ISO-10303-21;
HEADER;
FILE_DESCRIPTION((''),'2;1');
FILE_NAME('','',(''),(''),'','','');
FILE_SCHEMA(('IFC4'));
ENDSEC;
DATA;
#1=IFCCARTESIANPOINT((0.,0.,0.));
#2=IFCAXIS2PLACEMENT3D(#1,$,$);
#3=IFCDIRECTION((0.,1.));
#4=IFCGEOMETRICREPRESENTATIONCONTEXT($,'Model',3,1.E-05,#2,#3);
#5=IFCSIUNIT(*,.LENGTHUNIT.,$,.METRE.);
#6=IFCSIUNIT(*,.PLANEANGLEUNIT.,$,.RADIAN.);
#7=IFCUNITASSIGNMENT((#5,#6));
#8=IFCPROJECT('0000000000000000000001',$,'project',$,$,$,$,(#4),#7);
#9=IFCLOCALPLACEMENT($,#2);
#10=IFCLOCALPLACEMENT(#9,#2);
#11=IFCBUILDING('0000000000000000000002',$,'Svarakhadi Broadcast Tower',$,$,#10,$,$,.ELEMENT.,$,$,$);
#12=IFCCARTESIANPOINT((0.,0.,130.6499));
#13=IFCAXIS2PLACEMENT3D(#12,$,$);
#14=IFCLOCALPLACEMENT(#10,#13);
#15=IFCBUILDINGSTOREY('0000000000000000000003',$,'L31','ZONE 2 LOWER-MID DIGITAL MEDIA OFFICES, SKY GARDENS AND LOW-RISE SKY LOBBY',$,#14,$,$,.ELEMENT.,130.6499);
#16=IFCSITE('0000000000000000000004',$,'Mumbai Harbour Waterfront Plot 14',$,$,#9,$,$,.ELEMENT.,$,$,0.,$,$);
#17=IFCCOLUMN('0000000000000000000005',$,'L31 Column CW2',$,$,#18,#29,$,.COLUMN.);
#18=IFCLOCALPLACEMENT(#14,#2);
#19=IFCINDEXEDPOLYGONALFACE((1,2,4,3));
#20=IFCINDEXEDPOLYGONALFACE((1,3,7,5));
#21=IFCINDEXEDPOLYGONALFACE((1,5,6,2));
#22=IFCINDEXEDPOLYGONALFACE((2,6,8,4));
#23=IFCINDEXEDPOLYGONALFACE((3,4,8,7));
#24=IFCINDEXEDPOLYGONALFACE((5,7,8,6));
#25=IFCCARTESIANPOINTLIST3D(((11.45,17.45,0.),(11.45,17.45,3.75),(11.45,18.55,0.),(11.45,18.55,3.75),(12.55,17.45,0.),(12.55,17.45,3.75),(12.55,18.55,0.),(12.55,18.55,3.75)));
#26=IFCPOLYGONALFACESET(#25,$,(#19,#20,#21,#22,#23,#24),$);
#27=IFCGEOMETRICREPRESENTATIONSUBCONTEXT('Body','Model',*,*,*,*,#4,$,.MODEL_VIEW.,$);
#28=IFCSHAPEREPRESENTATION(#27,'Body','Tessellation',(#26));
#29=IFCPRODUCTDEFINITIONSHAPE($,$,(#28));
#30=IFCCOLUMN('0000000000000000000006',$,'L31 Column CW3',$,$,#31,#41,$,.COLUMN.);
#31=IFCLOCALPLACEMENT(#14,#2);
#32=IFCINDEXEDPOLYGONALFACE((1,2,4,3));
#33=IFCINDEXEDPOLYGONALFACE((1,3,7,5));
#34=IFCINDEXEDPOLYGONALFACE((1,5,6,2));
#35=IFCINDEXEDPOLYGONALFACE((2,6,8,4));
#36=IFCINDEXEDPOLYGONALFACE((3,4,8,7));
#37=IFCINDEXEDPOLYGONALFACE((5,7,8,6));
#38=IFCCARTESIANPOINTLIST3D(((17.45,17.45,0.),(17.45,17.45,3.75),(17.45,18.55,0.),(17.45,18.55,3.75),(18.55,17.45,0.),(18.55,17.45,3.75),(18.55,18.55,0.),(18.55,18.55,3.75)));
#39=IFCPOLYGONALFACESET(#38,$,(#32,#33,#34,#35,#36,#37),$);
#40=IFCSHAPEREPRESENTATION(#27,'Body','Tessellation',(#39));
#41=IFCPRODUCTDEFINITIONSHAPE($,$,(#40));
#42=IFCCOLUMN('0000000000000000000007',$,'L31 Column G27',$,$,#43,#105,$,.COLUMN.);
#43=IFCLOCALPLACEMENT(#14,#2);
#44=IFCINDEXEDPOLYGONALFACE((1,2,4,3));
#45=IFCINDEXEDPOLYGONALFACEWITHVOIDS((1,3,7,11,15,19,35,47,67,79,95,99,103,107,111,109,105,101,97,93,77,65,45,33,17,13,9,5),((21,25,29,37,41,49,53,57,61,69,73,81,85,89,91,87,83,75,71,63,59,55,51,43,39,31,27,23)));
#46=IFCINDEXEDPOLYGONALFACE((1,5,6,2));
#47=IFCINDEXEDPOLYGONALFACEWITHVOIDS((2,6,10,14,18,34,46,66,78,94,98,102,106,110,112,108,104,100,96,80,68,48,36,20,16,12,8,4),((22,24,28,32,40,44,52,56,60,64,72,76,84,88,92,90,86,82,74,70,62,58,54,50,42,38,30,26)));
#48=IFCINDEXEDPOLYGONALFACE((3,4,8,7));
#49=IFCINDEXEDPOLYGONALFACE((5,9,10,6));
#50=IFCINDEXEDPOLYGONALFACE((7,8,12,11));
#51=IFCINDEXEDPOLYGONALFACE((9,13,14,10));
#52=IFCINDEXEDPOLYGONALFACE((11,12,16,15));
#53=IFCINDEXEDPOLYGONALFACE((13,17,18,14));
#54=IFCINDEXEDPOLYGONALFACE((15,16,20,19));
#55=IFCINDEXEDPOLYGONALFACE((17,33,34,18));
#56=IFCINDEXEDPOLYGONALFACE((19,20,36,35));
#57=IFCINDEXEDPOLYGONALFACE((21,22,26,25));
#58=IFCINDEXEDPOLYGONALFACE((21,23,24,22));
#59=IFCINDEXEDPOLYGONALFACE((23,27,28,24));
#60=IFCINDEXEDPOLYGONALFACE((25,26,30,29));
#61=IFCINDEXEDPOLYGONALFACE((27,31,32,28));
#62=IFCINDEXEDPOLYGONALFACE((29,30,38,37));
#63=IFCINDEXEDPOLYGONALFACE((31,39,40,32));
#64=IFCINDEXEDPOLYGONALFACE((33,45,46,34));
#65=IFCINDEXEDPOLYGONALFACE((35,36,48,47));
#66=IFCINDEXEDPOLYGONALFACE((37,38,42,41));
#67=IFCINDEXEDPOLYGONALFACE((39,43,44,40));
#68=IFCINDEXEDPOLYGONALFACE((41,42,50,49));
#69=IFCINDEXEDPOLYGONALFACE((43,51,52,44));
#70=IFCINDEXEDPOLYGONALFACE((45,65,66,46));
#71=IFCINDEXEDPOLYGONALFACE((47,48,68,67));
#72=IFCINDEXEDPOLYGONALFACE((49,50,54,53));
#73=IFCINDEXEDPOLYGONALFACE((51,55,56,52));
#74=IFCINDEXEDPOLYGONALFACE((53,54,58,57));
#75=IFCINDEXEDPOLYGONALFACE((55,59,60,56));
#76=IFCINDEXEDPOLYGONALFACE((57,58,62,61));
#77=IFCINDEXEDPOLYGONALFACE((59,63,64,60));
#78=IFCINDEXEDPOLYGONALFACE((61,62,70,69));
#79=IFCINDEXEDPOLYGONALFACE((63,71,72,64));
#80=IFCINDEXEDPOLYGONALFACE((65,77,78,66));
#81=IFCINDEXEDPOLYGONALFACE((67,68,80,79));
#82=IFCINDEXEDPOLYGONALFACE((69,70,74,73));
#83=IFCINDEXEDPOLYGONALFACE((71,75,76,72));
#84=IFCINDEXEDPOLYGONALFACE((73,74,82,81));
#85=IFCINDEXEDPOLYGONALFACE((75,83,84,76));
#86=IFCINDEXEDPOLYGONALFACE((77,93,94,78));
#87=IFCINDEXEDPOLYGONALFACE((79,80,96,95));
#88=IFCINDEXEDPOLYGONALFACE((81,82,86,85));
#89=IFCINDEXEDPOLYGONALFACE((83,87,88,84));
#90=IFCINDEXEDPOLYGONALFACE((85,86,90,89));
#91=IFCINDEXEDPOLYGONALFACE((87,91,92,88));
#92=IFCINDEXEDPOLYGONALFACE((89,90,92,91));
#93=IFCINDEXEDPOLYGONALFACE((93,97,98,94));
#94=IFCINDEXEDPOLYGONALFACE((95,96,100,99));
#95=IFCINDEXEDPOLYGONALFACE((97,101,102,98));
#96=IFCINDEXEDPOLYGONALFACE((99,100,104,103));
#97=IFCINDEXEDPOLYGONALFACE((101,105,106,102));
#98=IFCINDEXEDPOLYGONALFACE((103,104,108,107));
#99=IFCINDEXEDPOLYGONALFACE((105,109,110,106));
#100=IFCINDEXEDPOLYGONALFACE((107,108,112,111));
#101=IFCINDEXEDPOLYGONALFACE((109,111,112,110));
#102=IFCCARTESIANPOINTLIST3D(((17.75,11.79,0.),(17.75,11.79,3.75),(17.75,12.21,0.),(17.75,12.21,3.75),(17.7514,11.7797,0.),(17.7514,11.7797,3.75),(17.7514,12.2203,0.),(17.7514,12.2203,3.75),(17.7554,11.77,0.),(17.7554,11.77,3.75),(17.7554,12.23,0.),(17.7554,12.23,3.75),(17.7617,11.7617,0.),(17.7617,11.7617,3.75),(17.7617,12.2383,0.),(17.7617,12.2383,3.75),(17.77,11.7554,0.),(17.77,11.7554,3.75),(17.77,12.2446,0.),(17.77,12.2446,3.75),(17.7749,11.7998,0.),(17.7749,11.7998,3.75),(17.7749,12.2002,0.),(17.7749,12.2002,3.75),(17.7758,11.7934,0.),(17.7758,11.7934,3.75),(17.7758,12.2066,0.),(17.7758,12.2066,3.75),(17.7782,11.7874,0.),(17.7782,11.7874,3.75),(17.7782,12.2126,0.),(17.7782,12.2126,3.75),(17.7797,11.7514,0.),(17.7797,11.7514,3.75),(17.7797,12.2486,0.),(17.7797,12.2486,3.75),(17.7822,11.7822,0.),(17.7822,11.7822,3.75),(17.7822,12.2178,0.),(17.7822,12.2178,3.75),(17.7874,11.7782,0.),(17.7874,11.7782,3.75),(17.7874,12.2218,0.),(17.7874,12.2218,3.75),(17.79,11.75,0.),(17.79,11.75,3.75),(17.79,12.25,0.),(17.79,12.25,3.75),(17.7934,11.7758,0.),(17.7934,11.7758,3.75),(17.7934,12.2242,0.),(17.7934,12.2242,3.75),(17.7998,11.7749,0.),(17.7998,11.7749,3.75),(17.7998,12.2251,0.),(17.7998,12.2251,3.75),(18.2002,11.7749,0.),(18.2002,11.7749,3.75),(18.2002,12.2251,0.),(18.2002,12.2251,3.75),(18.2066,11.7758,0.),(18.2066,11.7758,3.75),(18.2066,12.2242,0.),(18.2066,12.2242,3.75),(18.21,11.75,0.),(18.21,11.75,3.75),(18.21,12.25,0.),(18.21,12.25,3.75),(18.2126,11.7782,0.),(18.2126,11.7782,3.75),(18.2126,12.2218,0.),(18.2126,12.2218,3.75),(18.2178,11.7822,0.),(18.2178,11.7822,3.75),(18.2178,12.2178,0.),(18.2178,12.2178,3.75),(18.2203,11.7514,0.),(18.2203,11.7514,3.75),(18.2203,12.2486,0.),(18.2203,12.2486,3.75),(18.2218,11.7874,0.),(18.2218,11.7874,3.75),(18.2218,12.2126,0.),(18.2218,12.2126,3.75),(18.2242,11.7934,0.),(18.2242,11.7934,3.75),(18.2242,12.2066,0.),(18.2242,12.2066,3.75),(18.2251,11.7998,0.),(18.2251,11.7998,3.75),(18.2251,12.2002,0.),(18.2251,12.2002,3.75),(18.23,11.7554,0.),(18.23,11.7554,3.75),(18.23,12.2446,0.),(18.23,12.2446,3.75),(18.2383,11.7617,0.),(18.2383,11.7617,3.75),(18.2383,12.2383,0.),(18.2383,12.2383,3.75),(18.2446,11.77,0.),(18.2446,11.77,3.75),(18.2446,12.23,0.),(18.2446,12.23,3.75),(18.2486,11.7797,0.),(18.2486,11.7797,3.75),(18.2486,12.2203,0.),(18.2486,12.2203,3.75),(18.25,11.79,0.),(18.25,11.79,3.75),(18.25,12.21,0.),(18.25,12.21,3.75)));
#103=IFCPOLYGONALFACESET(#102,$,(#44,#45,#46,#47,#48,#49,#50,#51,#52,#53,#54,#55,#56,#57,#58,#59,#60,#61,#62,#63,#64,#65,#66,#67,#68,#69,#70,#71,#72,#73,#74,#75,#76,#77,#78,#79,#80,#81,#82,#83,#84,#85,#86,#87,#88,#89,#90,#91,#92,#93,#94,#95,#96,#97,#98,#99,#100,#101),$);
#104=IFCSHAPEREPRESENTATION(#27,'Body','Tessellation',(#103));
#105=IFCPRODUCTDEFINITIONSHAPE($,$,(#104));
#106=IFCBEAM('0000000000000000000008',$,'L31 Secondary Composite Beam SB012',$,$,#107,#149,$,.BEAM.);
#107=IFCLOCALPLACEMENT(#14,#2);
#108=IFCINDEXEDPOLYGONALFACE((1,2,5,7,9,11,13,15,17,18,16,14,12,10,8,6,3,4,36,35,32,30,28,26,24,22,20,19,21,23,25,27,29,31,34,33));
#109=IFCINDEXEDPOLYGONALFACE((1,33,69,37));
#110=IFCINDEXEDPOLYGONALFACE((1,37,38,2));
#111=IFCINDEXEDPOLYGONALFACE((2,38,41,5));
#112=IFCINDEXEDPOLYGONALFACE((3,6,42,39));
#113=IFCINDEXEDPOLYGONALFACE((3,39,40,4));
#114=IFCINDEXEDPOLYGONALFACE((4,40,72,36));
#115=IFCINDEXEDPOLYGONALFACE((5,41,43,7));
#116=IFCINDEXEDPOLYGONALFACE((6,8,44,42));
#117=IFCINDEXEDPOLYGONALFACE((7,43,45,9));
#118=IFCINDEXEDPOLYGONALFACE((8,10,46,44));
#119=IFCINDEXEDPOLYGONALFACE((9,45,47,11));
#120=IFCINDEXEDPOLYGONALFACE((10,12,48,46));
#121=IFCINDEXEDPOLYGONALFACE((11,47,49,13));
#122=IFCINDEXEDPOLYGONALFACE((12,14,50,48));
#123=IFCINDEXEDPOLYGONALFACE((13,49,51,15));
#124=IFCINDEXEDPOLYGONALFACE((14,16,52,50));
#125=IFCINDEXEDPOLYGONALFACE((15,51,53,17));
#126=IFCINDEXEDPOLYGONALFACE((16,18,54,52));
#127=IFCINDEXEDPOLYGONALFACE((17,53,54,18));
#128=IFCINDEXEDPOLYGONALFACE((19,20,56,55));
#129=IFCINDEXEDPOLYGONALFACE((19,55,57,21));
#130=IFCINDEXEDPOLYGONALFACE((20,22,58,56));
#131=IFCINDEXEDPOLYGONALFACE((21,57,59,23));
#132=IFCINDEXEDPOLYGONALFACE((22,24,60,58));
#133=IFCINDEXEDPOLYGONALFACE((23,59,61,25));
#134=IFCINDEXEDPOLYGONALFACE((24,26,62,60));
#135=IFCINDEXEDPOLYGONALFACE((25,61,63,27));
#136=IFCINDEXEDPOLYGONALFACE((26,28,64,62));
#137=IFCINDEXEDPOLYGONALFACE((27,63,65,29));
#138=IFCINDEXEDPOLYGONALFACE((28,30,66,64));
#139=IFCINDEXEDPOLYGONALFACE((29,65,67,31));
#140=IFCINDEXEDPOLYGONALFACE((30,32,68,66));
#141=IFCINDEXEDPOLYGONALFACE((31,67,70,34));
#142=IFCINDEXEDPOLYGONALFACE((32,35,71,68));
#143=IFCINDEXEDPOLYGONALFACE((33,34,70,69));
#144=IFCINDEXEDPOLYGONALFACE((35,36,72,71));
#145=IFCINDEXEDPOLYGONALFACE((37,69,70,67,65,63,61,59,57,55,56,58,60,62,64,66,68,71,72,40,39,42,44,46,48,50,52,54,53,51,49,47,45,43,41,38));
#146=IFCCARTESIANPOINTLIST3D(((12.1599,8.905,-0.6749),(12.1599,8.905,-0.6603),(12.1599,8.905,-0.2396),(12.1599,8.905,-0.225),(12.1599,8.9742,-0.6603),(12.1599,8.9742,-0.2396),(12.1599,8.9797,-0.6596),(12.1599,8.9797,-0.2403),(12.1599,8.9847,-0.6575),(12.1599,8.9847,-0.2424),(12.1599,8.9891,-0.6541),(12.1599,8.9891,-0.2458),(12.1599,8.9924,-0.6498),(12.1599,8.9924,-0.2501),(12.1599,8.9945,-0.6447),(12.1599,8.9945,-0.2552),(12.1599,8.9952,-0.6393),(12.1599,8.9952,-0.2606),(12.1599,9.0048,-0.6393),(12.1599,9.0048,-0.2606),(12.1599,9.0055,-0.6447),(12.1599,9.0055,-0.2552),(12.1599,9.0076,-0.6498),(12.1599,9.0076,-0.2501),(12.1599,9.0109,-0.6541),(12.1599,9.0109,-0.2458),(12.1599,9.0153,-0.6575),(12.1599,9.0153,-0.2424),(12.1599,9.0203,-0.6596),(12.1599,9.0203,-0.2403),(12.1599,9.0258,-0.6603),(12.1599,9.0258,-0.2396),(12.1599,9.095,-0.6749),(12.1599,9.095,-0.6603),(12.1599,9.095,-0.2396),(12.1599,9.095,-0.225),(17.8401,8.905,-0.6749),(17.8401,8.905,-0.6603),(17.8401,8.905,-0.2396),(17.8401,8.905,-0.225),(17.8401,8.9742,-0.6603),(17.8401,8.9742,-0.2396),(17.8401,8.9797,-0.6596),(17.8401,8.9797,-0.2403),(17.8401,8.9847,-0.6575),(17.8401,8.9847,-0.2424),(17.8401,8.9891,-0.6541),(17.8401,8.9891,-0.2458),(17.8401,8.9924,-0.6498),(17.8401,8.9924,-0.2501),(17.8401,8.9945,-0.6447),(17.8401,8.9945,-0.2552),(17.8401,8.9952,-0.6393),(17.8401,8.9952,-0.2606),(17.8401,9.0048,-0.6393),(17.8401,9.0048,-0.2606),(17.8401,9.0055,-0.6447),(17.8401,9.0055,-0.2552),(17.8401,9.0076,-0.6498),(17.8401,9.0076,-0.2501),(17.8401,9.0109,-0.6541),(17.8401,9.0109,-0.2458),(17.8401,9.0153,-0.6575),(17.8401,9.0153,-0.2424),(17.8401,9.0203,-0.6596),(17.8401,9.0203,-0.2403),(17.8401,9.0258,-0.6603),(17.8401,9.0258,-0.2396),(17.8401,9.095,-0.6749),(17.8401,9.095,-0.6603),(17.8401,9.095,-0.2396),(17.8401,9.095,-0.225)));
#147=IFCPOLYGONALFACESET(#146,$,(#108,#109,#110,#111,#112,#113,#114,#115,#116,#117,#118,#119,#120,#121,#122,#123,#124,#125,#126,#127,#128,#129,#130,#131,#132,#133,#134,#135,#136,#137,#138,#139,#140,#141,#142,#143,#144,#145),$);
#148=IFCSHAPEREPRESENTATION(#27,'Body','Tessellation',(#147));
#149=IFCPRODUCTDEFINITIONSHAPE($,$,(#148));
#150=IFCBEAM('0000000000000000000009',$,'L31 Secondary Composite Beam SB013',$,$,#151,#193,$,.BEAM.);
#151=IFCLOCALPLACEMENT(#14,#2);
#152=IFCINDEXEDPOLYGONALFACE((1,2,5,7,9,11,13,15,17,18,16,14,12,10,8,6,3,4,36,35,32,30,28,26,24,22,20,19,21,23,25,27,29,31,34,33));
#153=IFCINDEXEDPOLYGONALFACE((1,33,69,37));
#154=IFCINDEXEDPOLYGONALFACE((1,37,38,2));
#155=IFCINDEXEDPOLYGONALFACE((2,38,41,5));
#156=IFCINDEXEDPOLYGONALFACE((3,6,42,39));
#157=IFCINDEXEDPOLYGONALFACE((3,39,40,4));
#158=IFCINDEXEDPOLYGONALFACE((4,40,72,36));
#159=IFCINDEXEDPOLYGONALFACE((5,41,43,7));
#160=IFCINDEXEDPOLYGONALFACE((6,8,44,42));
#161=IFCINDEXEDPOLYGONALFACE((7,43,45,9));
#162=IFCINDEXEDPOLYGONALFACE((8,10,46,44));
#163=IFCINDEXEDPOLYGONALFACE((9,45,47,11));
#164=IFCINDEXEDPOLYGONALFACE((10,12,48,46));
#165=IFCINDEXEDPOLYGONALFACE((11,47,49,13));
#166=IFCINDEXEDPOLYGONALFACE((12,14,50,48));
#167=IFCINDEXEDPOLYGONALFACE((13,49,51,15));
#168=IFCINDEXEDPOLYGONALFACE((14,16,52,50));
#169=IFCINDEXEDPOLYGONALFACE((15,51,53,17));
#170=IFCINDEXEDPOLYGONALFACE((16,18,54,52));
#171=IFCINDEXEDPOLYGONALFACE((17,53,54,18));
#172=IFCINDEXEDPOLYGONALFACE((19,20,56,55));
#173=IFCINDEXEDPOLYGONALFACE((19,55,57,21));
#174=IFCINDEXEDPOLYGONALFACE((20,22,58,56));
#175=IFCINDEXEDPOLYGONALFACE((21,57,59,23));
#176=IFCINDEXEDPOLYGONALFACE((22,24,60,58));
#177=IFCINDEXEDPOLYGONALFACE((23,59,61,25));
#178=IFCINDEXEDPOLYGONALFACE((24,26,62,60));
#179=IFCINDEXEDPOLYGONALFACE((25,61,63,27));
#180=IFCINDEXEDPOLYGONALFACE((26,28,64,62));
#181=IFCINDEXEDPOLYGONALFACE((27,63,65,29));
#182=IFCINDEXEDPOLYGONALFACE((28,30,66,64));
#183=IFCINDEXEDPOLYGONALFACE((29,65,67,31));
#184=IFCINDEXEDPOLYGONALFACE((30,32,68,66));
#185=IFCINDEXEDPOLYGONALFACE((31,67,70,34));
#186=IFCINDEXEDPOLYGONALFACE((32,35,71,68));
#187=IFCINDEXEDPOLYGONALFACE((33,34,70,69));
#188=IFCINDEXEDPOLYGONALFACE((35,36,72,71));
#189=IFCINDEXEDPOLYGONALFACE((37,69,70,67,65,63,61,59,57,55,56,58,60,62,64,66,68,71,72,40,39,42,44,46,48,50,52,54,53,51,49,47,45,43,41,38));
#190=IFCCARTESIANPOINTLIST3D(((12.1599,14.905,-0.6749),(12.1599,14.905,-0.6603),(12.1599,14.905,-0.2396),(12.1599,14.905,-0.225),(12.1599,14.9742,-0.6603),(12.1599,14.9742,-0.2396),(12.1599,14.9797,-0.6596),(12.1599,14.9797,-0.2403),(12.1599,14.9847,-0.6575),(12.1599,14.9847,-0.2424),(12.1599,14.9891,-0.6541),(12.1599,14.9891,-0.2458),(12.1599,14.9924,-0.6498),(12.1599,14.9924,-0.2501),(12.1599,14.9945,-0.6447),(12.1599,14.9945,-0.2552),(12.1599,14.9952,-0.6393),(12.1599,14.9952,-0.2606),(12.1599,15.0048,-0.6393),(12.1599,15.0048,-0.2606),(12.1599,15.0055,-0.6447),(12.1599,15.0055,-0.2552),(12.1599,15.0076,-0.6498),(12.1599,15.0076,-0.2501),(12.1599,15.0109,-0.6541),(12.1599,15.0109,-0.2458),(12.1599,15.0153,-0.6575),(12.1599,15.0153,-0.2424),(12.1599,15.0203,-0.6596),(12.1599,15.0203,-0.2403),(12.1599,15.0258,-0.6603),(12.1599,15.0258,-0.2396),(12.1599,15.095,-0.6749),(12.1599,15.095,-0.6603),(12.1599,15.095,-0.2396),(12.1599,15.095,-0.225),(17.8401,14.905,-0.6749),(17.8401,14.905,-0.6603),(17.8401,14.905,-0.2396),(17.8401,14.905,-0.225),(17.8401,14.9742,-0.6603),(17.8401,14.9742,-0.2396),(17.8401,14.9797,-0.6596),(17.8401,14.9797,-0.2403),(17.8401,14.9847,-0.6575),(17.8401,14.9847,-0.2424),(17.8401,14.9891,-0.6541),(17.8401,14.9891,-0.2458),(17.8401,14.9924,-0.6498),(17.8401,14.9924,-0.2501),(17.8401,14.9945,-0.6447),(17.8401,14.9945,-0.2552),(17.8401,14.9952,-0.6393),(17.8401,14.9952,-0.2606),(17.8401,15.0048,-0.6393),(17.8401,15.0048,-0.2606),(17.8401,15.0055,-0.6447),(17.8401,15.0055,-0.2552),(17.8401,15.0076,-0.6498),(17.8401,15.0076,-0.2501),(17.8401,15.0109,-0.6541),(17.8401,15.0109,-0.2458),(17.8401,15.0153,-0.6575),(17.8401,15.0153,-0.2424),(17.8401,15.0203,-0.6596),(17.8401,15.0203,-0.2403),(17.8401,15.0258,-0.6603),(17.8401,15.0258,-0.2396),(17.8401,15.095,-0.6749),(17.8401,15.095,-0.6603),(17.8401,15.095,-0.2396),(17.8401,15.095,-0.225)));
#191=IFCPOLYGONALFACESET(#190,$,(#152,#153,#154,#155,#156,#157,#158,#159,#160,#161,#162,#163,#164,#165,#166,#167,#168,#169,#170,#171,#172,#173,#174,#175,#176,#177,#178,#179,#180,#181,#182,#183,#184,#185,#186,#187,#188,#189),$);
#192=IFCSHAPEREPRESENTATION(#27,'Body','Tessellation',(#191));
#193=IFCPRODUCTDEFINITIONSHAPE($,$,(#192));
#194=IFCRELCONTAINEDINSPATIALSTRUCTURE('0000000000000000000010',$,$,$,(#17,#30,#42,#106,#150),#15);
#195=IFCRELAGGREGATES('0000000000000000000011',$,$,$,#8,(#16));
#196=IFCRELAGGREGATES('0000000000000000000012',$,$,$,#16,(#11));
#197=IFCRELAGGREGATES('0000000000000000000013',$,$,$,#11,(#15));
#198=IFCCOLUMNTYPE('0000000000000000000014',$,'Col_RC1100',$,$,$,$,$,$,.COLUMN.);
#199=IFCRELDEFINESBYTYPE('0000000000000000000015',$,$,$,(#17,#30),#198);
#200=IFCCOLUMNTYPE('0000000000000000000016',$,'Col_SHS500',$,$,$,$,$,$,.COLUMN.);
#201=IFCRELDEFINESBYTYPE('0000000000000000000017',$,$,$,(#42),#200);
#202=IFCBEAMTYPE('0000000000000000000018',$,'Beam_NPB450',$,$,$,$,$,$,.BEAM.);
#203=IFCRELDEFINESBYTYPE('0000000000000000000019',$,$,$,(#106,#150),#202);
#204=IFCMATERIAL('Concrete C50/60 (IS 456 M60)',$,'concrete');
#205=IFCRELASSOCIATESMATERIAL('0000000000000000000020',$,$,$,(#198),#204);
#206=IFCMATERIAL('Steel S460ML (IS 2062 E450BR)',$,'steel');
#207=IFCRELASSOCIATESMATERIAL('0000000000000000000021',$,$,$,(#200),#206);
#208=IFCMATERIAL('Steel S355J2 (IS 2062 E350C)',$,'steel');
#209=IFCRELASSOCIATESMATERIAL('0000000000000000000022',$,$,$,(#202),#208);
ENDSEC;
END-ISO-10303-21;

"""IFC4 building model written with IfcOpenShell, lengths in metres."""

from ifc_helpers import new_model, si_unit, direction, frame, origin, origin_2d, place, context, subcontext, project, spatial, rectangle, hollow_rectangle, i_section, extrude, material, material_profile, profile_set, type_object, element, save


model = new_model("IFC4")

# Units and contexts
model_context = context("Model", 3, precision=1e-05, world=origin(), true_north=direction((0.0, 1.0)))
body_context = subcontext(model_context, "Body", "Model", "MODEL_VIEW")
ifc_project = project(units=[si_unit("LENGTHUNIT", "METRE"), si_unit("PLANEANGLEUNIT", "RADIAN")], contexts=[model_context])

# Site, building, storey
site_placement = place(None, origin())
site = spatial("IfcSite", under=ifc_project, at=site_placement, Name="Mumbai Harbour Waterfront Plot 14", CompositionType="ELEMENT", RefElevation=0.0)
building_placement = place(site_placement, origin())
building = spatial("IfcBuilding", under=site, at=building_placement, Name="Svarakhadi Broadcast Tower", CompositionType="ELEMENT")
storey_placement = place(building_placement, frame((0.0, 0.0, 130.6499)))
storey = spatial("IfcBuildingStorey", under=building, at=storey_placement, Name="L31", Description="ZONE 2 LOWER-MID DIGITAL MEDIA OFFICES, SKY GARDENS AND LOW-RISE SKY LOBBY", CompositionType="ELEMENT", Elevation=130.6499)

# Columns
ifc_material_1 = material(Name="Concrete C50/60 (IS 456 M60)", Category="concrete")
ifc_material_profile_1 = material_profile(ifc_material_1, rectangle(XDim=1.1001, YDim=1.1001, at=origin_2d()), Name="RC 1100x1100")
ifc_profile_set_1 = profile_set([ifc_material_profile_1], Name="Concrete C50/60 (IS 456 M60)")
column_type_1 = type_object("IfcColumnType", Name="Col_RC1100", PredefinedType="COLUMN", material=ifc_profile_set_1)
for number, where, z_axis, x_axis, name in (
    (1, (12.0, 18.0, 0.0), (0.0, 0.0, 1.0), (1.0, 0.0, 0.0), "L31 Column CW2"),
    (2, (18.0, 18.0, 0.0), (0.0, 0.0, 1.0), (1.0, 0.0, 0.0), "L31 Column CW3"),
):
    element("IfcColumn", number, at=place(storey_placement, frame(where, z_axis=z_axis, x_axis=x_axis)), inside=storey, type_object=column_type_1, Name=name, PredefinedType="COLUMN", context=body_context, shape_type="SweptSolid", body=[
        extrude(rectangle(XDim=1.1001, YDim=1.1001, at=origin_2d()), origin(), (0.0, 0.0, 1.0), 3.75),
    ])
ifc_material_2 = material(Name="Steel S460ML (IS 2062 E450BR)", Category="steel")
ifc_material_profile_2 = material_profile(ifc_material_2, hollow_rectangle(XDim=0.5, YDim=0.5, WallThickness=0.0249, InnerFilletRadius=0.0249, OuterFilletRadius=0.04, at=origin_2d()), Name="SHS 500x500x25")
ifc_profile_set_2 = profile_set([ifc_material_profile_2], Name="Steel S460ML (IS 2062 E450BR)")
column_type_2 = type_object("IfcColumnType", Name="Col_SHS500", PredefinedType="COLUMN", material=ifc_profile_set_2)
column_placement = place(storey_placement, frame((18.0, 12.0, 0.0), z_axis=(0.0, 0.0, 1.0), x_axis=(1.0, 0.0, 0.0)))
element("IfcColumn", 3, at=column_placement, inside=storey, type_object=column_type_2, Name="L31 Column G27", PredefinedType="COLUMN", context=body_context, shape_type="SweptSolid", body=[
    extrude(hollow_rectangle(XDim=0.5, YDim=0.5, WallThickness=0.0249, InnerFilletRadius=0.0249, OuterFilletRadius=0.04, at=origin_2d()), origin(), (0.0, 0.0, 1.0), 3.75),
])

# Beams
ifc_material_3 = material(Name="Steel S355J2 (IS 2062 E350C)", Category="steel")
ifc_material_profile_3 = material_profile(ifc_material_3, i_section(OverallWidth=0.1899, OverallDepth=0.45, WebThickness=0.0095, FlangeThickness=0.0146, FilletRadius=0.021, at=origin_2d()), Name="NPB 450x190x78")
ifc_profile_set_3 = profile_set([ifc_material_profile_3], Name="Steel S355J2 (IS 2062 E350C)")
beam_type_1 = type_object("IfcBeamType", Name="Beam_NPB450", PredefinedType="BEAM", material=ifc_profile_set_3)
for number, where, z_axis, x_axis, name in (
    (4, (12.1599, 9.0, -0.45), (1.0, 0.0, 0.0), (0.0, 1.0, 0.0), "L31 Secondary Composite Beam SB012"),
    (5, (12.1599, 15.0, -0.45), (1.0, 0.0, 0.0), (0.0, 1.0, 0.0), "L31 Secondary Composite Beam SB013"),
):
    element("IfcBeam", number, at=place(storey_placement, frame(where, z_axis=z_axis, x_axis=x_axis)), inside=storey, type_object=beam_type_1, Name=name, PredefinedType="BEAM", context=body_context, shape_type="SweptSolid", body=[
        extrude(i_section(OverallWidth=0.1899, OverallDepth=0.45, WebThickness=0.0095, FlangeThickness=0.0146, FilletRadius=0.021, at=origin_2d()), origin(), (0.0, 0.0, 1.0), 5.6802),
    ])

save(model, "model.ifc")
